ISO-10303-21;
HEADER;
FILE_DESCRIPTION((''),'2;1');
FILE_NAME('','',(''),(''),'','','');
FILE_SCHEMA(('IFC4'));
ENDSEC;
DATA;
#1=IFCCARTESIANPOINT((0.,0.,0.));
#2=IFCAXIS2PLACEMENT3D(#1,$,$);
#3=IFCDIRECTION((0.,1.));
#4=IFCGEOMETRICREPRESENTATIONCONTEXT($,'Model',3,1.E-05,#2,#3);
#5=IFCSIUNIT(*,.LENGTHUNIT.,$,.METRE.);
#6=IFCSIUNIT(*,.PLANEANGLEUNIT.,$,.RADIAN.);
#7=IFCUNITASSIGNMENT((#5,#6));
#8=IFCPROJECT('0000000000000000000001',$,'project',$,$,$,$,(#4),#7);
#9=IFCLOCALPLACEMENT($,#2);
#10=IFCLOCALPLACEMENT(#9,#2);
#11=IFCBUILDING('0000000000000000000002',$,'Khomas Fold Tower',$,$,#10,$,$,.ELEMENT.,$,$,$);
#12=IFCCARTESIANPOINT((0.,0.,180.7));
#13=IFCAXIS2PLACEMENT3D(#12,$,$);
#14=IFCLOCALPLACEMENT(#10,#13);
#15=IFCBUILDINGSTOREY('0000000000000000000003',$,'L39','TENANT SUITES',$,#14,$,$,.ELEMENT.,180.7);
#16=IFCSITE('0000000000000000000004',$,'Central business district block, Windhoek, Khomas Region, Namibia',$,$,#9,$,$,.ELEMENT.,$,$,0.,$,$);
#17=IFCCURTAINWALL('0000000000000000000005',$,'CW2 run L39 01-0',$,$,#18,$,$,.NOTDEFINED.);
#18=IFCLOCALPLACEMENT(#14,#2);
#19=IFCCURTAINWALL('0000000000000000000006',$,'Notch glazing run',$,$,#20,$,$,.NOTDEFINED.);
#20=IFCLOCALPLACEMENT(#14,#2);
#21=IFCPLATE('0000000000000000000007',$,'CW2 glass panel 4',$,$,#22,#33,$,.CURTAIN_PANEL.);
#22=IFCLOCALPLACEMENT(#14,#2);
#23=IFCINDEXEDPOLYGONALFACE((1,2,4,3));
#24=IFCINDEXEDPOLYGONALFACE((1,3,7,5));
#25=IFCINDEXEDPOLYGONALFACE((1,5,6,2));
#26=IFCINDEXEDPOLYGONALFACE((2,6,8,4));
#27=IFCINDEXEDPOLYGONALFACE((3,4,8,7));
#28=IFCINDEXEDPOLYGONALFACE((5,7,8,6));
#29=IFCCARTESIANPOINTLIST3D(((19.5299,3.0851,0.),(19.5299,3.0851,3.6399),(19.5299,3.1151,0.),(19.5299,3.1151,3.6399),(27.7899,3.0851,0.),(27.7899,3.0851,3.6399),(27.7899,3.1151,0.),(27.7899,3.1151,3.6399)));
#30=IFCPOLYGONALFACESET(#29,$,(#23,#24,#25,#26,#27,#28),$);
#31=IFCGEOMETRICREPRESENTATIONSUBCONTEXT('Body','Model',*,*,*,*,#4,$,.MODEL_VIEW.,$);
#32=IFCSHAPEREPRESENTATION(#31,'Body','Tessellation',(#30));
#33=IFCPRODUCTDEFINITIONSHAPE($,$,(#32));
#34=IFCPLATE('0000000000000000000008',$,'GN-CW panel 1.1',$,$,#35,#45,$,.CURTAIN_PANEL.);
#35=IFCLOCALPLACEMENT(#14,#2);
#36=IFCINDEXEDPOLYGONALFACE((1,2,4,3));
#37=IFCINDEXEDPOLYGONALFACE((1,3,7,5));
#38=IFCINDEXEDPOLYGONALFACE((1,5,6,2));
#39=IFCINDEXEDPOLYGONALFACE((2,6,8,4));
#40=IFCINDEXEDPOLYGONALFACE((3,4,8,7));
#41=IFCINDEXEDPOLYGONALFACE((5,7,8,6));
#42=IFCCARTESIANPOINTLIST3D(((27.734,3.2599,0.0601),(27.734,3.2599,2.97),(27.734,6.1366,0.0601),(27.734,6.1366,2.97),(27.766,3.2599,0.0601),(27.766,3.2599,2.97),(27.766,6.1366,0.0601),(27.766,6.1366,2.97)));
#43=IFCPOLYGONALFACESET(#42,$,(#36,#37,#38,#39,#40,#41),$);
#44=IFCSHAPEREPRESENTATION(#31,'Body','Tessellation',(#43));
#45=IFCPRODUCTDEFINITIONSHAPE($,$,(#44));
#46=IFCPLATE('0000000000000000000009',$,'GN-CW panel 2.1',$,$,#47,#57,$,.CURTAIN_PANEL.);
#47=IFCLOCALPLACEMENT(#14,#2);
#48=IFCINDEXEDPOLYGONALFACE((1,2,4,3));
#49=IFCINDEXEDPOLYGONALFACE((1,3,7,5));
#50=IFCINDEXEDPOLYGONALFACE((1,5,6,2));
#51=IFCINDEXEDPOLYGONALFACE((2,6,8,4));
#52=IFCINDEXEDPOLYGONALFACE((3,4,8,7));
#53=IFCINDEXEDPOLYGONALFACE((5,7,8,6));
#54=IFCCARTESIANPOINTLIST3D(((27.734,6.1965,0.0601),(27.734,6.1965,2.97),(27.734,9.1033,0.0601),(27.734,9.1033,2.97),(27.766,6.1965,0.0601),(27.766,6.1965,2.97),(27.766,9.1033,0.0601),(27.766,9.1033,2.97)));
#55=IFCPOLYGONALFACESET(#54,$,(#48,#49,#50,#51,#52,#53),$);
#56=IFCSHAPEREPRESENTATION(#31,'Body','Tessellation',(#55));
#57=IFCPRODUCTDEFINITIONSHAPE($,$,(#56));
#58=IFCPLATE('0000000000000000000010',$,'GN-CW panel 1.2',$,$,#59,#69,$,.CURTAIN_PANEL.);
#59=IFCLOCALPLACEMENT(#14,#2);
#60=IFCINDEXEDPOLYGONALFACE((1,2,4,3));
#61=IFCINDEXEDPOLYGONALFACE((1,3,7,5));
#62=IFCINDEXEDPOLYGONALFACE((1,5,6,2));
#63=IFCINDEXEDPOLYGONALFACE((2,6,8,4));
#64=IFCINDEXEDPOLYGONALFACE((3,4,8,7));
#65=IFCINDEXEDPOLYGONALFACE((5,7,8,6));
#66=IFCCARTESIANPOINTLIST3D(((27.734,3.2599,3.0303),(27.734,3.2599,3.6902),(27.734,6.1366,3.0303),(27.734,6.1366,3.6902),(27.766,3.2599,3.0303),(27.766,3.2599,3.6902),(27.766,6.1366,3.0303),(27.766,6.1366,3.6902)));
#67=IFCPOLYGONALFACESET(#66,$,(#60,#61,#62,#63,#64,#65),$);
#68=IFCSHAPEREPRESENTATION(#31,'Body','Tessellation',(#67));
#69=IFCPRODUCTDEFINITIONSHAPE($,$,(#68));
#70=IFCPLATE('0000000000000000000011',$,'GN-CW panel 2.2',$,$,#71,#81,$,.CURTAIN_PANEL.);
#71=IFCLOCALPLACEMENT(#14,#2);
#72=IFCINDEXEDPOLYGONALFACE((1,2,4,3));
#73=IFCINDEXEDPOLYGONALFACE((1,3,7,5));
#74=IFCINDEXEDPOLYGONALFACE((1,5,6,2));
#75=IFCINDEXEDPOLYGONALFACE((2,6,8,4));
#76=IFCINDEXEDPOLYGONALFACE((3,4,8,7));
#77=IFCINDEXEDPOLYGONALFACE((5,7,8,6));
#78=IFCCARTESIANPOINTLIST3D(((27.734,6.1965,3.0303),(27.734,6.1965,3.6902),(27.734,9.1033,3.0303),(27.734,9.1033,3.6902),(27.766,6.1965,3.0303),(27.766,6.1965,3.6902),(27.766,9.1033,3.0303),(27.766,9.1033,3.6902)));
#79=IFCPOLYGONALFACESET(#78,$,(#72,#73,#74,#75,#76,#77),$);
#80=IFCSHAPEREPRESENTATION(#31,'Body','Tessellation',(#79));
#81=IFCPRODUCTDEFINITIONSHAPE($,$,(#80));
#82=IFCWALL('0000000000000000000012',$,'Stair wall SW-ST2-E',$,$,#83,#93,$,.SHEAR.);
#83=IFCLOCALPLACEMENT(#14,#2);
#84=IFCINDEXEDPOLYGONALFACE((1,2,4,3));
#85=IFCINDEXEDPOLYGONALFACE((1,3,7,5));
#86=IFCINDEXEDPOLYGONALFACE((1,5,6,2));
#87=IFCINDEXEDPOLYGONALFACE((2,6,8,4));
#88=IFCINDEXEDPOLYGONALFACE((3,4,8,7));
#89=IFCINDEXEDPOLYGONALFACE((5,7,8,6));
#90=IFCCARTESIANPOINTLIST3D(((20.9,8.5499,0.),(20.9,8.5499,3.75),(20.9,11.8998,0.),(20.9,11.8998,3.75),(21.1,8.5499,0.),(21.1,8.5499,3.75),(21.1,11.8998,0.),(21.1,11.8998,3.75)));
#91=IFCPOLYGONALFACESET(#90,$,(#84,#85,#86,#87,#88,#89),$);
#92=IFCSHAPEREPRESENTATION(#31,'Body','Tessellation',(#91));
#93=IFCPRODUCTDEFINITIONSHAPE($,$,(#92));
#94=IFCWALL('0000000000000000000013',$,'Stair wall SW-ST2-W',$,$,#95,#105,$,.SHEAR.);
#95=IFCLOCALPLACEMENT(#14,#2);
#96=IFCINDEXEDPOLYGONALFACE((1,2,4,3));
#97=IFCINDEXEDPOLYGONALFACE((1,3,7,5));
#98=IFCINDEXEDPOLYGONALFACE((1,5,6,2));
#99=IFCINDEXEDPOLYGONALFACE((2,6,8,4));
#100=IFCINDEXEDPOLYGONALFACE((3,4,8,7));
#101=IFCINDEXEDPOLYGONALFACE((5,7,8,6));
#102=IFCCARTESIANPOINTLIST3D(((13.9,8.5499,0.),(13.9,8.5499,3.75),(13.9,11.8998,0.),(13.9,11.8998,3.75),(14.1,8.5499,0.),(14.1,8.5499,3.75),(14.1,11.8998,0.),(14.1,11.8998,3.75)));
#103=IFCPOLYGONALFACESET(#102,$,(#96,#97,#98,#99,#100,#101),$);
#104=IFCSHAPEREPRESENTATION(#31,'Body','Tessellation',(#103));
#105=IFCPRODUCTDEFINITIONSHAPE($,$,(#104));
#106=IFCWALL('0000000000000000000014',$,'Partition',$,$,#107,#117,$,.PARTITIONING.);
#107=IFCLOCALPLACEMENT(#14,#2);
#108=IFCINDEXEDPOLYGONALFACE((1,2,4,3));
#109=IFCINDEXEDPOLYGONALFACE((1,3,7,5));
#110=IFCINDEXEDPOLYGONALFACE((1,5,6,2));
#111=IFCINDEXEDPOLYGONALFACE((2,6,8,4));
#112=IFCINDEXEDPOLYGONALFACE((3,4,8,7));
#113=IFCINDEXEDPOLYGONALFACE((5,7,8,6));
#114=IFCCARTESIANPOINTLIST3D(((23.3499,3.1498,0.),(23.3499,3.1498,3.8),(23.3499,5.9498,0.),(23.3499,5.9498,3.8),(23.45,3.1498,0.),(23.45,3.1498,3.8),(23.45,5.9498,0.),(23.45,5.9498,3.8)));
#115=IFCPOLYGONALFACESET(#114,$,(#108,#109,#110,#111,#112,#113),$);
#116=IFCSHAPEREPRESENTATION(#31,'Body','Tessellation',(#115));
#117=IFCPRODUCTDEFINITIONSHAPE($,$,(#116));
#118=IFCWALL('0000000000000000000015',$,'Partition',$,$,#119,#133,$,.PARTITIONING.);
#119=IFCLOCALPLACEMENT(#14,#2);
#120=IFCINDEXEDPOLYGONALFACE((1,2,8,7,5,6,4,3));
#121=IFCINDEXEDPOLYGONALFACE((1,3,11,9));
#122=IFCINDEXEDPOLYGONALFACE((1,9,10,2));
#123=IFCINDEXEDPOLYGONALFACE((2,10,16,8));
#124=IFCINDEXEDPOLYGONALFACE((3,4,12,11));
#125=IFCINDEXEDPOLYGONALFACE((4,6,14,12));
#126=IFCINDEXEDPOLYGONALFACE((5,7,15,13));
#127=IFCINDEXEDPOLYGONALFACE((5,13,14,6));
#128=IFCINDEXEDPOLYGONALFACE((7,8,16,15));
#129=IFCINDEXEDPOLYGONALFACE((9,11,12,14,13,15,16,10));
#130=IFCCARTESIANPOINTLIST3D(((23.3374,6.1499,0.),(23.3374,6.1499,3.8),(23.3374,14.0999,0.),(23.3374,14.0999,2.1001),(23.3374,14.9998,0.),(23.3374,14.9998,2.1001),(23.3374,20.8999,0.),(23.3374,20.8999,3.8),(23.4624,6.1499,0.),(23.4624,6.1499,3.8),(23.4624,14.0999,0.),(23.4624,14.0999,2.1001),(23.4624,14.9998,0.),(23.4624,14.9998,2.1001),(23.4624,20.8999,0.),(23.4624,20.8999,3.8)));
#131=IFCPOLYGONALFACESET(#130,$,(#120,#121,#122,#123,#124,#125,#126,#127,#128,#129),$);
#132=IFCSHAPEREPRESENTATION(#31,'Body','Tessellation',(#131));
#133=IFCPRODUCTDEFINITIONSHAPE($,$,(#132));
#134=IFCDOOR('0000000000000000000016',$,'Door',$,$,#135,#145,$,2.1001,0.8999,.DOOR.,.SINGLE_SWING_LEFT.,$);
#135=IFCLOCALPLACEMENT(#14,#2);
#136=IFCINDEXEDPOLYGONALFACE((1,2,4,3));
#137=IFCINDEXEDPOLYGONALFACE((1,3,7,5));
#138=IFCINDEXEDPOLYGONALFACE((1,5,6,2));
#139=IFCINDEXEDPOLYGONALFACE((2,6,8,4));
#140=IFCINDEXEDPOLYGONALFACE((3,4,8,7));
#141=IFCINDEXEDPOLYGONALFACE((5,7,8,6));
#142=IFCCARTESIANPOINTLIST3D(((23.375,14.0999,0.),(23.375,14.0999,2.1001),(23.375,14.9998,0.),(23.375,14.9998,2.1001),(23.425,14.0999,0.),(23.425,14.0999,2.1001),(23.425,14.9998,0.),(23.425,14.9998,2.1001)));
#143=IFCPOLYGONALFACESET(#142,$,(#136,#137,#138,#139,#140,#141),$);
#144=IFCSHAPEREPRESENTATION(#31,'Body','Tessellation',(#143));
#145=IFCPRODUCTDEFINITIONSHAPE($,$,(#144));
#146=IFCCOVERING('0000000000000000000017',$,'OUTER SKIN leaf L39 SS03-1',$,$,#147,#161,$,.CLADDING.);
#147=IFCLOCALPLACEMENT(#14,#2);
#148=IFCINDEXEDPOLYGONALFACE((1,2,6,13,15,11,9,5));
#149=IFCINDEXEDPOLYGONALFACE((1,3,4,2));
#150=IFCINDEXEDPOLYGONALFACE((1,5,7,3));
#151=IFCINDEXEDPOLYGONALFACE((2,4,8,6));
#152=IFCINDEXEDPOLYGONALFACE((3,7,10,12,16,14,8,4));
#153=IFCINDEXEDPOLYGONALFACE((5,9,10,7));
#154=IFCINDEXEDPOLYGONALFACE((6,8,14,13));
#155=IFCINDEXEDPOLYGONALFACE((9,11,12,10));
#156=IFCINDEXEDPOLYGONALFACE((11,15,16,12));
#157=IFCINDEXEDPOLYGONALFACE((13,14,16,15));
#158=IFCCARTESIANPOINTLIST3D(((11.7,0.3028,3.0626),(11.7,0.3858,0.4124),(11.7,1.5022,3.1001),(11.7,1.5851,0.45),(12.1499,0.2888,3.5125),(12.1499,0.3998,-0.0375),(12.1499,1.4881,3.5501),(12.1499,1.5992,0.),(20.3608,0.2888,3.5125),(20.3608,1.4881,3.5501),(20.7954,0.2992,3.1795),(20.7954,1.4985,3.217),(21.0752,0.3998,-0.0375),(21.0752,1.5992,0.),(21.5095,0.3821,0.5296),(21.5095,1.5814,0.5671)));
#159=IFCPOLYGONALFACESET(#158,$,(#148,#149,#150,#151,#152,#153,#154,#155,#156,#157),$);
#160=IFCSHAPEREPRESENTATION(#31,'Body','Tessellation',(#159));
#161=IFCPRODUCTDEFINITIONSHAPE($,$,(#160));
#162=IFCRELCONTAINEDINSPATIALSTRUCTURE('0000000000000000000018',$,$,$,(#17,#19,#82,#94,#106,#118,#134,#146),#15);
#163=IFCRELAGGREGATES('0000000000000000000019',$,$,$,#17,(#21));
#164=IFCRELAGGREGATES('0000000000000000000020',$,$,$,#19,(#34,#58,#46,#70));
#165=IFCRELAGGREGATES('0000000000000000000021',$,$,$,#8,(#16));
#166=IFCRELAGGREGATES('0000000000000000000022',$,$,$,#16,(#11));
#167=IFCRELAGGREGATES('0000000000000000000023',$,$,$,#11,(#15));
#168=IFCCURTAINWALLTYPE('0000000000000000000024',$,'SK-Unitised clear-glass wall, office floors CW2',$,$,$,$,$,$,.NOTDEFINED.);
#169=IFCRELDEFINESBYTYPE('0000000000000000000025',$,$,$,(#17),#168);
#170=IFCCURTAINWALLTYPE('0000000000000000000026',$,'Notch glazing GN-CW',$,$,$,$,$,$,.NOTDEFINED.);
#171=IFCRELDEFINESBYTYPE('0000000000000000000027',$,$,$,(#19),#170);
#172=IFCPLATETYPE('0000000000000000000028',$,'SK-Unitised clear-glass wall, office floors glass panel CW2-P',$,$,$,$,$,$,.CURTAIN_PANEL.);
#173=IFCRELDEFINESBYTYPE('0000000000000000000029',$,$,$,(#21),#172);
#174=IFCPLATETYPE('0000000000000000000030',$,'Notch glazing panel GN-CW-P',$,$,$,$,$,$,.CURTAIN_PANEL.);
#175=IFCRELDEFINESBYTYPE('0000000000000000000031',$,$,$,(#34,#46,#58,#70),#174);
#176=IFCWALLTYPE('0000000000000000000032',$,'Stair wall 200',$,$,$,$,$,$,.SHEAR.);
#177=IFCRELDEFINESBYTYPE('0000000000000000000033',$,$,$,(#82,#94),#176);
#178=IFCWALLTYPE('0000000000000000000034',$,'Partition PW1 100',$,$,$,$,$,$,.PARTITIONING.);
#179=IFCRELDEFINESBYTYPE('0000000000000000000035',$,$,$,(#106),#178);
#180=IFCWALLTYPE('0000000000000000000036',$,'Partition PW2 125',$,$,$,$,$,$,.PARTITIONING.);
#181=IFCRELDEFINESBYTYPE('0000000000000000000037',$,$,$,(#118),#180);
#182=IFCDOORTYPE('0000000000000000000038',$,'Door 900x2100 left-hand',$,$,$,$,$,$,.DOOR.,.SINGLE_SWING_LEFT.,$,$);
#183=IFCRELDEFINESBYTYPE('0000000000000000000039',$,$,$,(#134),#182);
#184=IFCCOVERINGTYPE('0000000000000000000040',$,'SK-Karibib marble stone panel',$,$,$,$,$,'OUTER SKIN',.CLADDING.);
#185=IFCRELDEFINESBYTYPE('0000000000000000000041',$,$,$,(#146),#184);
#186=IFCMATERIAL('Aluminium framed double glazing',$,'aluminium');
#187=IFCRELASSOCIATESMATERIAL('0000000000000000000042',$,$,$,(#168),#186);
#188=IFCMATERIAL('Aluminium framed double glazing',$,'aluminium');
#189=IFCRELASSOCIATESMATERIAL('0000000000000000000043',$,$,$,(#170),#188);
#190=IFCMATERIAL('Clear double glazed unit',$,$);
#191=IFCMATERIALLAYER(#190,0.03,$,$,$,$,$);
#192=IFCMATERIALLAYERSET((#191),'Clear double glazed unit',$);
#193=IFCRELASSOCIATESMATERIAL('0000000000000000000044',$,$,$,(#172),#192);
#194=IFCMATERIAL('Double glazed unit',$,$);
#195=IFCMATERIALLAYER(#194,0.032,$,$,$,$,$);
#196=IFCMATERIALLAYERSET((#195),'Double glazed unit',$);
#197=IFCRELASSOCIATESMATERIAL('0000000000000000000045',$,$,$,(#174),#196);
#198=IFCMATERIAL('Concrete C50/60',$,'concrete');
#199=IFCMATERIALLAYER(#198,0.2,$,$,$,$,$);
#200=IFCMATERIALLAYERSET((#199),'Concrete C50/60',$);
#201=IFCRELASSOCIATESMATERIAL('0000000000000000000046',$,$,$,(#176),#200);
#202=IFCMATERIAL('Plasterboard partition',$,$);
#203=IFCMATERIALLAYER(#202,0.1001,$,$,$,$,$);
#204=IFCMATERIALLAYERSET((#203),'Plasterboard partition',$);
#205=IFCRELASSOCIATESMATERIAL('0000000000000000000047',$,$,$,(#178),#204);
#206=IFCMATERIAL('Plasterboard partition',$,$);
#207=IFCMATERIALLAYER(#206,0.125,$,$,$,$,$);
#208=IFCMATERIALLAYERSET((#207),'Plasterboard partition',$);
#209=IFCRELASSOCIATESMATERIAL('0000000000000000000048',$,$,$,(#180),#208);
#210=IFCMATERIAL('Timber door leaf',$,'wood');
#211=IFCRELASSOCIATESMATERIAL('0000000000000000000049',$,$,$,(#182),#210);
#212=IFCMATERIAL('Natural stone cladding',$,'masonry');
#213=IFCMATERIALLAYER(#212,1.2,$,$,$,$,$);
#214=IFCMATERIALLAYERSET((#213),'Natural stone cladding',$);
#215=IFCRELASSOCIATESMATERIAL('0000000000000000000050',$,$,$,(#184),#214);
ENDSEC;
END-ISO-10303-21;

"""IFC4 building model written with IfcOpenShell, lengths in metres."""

from ifc_helpers import new_model, si_unit, direction, frame, frame_2d, origin, origin_2d, place, context, subcontext, project, spatial, polyline, rectangle, outline, extrude, source, transform, mapped, material, layer, layer_set, type_object, element, fill, aggregate, save


model = new_model("IFC4")

# Units and contexts
model_context = context("Model", 3, precision=1e-05, world=origin(), true_north=direction((0.0, 1.0)))
body_context = subcontext(model_context, "Body", "Model", "MODEL_VIEW")
ifc_project = project(units=[si_unit("LENGTHUNIT", "METRE"), si_unit("PLANEANGLEUNIT", "RADIAN")], contexts=[model_context])

# Site, building, storey
site_placement = place(None, origin())
site = spatial("IfcSite", under=ifc_project, at=site_placement, Name="Central business district block, Windhoek, Khomas Region, Namibia", CompositionType="ELEMENT", RefElevation=0.0)
building_placement = place(site_placement, origin())
building = spatial("IfcBuilding", under=site, at=building_placement, Name="Khomas Fold Tower", CompositionType="ELEMENT")
storey_placement = place(building_placement, frame((0.0, 0.0, 180.7)))
storey = spatial("IfcBuildingStorey", under=building, at=storey_placement, Name="L39", Description="TENANT SUITES", CompositionType="ELEMENT", Elevation=180.7)

# Curtain walls
ifc_material_1 = material(Name="Aluminium framed double glazing", Category="aluminium")
curtain_wall_type_1 = type_object("IfcCurtainWallType", Name="SK-Unitised clear-glass wall, office floors CW2", PredefinedType="NOTDEFINED", material=ifc_material_1)
curtain_wall_1_placement = place(storey_placement, origin())
curtain_wall_1 = element("IfcCurtainWall", 1, at=curtain_wall_1_placement, inside=storey, type_object=curtain_wall_type_1, Name="CW2 run L39 01-0", PredefinedType="NOTDEFINED")
ifc_material_2 = material(Name="Aluminium framed double glazing", Category="aluminium")
curtain_wall_type_2 = type_object("IfcCurtainWallType", Name="Notch glazing GN-CW", PredefinedType="NOTDEFINED", material=ifc_material_2)
curtain_wall_2_placement = place(storey_placement, origin())
curtain_wall_2 = element("IfcCurtainWall", 2, at=curtain_wall_2_placement, inside=storey, type_object=curtain_wall_type_2, Name="Notch glazing run", PredefinedType="NOTDEFINED")

# Plates
ifc_material_3 = material(Name="Clear double glazed unit")
ifc_layer_1 = layer(ifc_material_3, 0.03)
ifc_layer_set_1 = layer_set([ifc_layer_1], Name="Clear double glazed unit")
plate_type_1 = type_object("IfcPlateType", Name="SK-Unitised clear-glass wall, office floors glass panel CW2-P", PredefinedType="CURTAIN_PANEL", material=ifc_layer_set_1)
shared_shape_1 = source(origin(), body_context, "Body", "SweptSolid", [
    extrude(rectangle(XDim=8.26, YDim=0.03, at=origin_2d()), origin(), (0.0, 0.0, 1.0), 3.6399),
])
plate_1_placement = place(storey_placement, frame((23.6599, 3.1001, 0.0), z_axis=(0.0, 0.0, 1.0), x_axis=(1.0, 0.0, 0.0)))
plate_1 = element("IfcPlate", 3, at=plate_1_placement, type_object=plate_type_1, Name="CW2 glass panel 4", PredefinedType="CURTAIN_PANEL", context=body_context, shape_type="MappedRepresentation", body=[
    mapped(shared_shape_1, transform((0.0, 0.0, 0.0))),
])
aggregate(curtain_wall_1, [plate_1])
ifc_material_4 = material(Name="Double glazed unit")
ifc_layer_2 = layer(ifc_material_4, 0.032)
ifc_layer_set_2 = layer_set([ifc_layer_2], Name="Double glazed unit")
plate_type_2 = type_object("IfcPlateType", Name="Notch glazing panel GN-CW-P", PredefinedType="CURTAIN_PANEL", material=ifc_layer_set_2)
shared_shape_2 = source(origin(), body_context, "Body", "SweptSolid", [
    extrude(rectangle(XDim=2.8767, YDim=0.032, at=origin_2d()), origin(), (0.0, 0.0, 1.0), 2.9099),
])
plate_2_placement = place(storey_placement, frame((27.75, 4.6982, 0.0601), z_axis=(0.0, 0.0, 1.0), x_axis=(0.0, 1.0, 0.0)))
plate_2 = element("IfcPlate", 4, at=plate_2_placement, type_object=plate_type_2, Name="GN-CW panel 1.1", PredefinedType="CURTAIN_PANEL", context=body_context, shape_type="MappedRepresentation", body=[
    mapped(shared_shape_2, transform((0.0, 0.0, 0.0))),
])
shared_shape_3 = source(origin(), body_context, "Body", "SweptSolid", [
    extrude(rectangle(XDim=2.9067, YDim=0.032, at=origin_2d()), origin(), (0.0, 0.0, 1.0), 2.9099),
])
plate_3_placement = place(storey_placement, frame((27.75, 7.6499, 0.0601), z_axis=(0.0, 0.0, 1.0), x_axis=(0.0, 1.0, 0.0)))
plate_3 = element("IfcPlate", 5, at=plate_3_placement, type_object=plate_type_2, Name="GN-CW panel 2.1", PredefinedType="CURTAIN_PANEL", context=body_context, shape_type="MappedRepresentation", body=[
    mapped(shared_shape_3, transform((0.0, 0.0, 0.0))),
])
shared_shape_4 = source(origin(), body_context, "Body", "SweptSolid", [
    extrude(rectangle(XDim=2.8767, YDim=0.032, at=origin_2d()), origin(), (0.0, 0.0, 1.0), 0.6599),
])
plate_4_placement = place(storey_placement, frame((27.75, 4.6982, 3.0303), z_axis=(0.0, 0.0, 1.0), x_axis=(0.0, 1.0, 0.0)))
plate_4 = element("IfcPlate", 6, at=plate_4_placement, type_object=plate_type_2, Name="GN-CW panel 1.2", PredefinedType="CURTAIN_PANEL", context=body_context, shape_type="MappedRepresentation", body=[
    mapped(shared_shape_4, transform((0.0, 0.0, 0.0))),
])
shared_shape_5 = source(origin(), body_context, "Body", "SweptSolid", [
    extrude(rectangle(XDim=2.9067, YDim=0.032, at=origin_2d()), origin(), (0.0, 0.0, 1.0), 0.6599),
])
plate_5_placement = place(storey_placement, frame((27.75, 7.6499, 3.0303), z_axis=(0.0, 0.0, 1.0), x_axis=(0.0, 1.0, 0.0)))
plate_5 = element("IfcPlate", 7, at=plate_5_placement, type_object=plate_type_2, Name="GN-CW panel 2.2", PredefinedType="CURTAIN_PANEL", context=body_context, shape_type="MappedRepresentation", body=[
    mapped(shared_shape_5, transform((0.0, 0.0, 0.0))),
])
aggregate(curtain_wall_2, [plate_2, plate_4, plate_3, plate_5])

# Walls
ifc_material_5 = material(Name="Concrete C50/60", Category="concrete")
ifc_layer_3 = layer(ifc_material_5, 0.2)
ifc_layer_set_3 = layer_set([ifc_layer_3], Name="Concrete C50/60")
wall_type_1 = type_object("IfcWallType", Name="Stair wall 200", PredefinedType="SHEAR", material=ifc_layer_set_3)
shared_shape_6 = source(origin(), body_context, "Body", "SweptSolid", [
    extrude(rectangle(XDim=3.3499, YDim=0.2, at=frame_2d((1.6748, 0.0))), origin(), (0.0, 0.0, 1.0), 3.75),
])
for number, where, z_axis, x_axis, name in (
    (8, (21.0, 8.55, 0.0), (0.0, 0.0, 1.0), (0.0, 1.0, 0.0), "Stair wall SW-ST2-E"),
    (9, (14.0, 8.55, 0.0), (0.0, 0.0, 1.0), (0.0, 1.0, 0.0), "Stair wall SW-ST2-W"),
):
    element("IfcWall", number, at=place(storey_placement, frame(where, z_axis=z_axis, x_axis=x_axis)), inside=storey, type_object=wall_type_1, Name=name, PredefinedType="SHEAR", context=body_context, shape_type="MappedRepresentation", body=[
        mapped(shared_shape_6, transform((0.0, 0.0, 0.0))),
    ])
ifc_material_6 = material(Name="Plasterboard partition")
ifc_layer_4 = layer(ifc_material_6, 0.1001)
ifc_layer_set_4 = layer_set([ifc_layer_4], Name="Plasterboard partition")
wall_type_2 = type_object("IfcWallType", Name="Partition PW1 100", PredefinedType="PARTITIONING", material=ifc_layer_set_4)
shared_shape_7 = source(origin(), body_context, "Body", "SweptSolid", [
    extrude(rectangle(XDim=2.8, YDim=0.1001, at=frame_2d((1.3999, 0.0))), origin(), (0.0, 0.0, 1.0), 3.8),
])
wall_1_placement = place(storey_placement, frame((23.3999, 3.1499, 0.0), z_axis=(0.0, 0.0, 1.0), x_axis=(0.0, 1.0, 0.0)))
element("IfcWall", 10, at=wall_1_placement, inside=storey, type_object=wall_type_2, Name="Partition", PredefinedType="PARTITIONING", context=body_context, shape_type="MappedRepresentation", body=[
    mapped(shared_shape_7, transform((0.0, 0.0, 0.0))),
])

# Wall, opening, door
ifc_material_7 = material(Name="Plasterboard partition")
ifc_layer_5 = layer(ifc_material_7, 0.125)
ifc_layer_set_5 = layer_set([ifc_layer_5], Name="Plasterboard partition")
wall_type_3 = type_object("IfcWallType", Name="Partition PW2 125", PredefinedType="PARTITIONING", material=ifc_layer_set_5)
shared_shape_8 = source(origin(), body_context, "Body", "SweptSolid", [
    extrude(rectangle(XDim=14.75, YDim=0.125, at=frame_2d((7.375, 0.0))), origin(), (0.0, 0.0, 1.0), 3.8),
])
wall_2_placement = place(storey_placement, frame((23.3999, 6.1499, 0.0), z_axis=(0.0, 0.0, 1.0), x_axis=(0.0, 1.0, 0.0)))
wall_2 = element("IfcWall", 11, at=wall_2_placement, inside=storey, type_object=wall_type_3, Name="Partition", PredefinedType="PARTITIONING", context=body_context, shape_type="MappedRepresentation", body=[
    mapped(shared_shape_8, transform((0.0, 0.0, 0.0))),
])
shared_shape_9 = source(origin(), body_context, "Body", "SweptSolid", [
    extrude(rectangle(XDim=0.8999, YDim=2.1001, at=frame_2d((0.45, 1.05))), frame((0.0, 0.0725, 0.0), z_axis=(0.0, -1.0, 0.0), x_axis=(1.0, 0.0, 0.0)), (0.0, 0.0, 1.0), 0.145),
])
opening_placement = place(wall_2_placement, frame((7.95, 0.0, 0.0)))
opening = element("IfcOpeningElement", 12, at=opening_placement, cuts=wall_2, PredefinedType="OPENING", context=body_context, shape_type="MappedRepresentation", body=[
    mapped(shared_shape_9, transform((0.0, 0.0, 0.0))),
])
ifc_material_8 = material(Name="Timber door leaf", Category="wood")
door_type = type_object("IfcDoorType", Name="Door 900x2100 left-hand", OperationType="SINGLE_SWING_LEFT", PredefinedType="DOOR", material=ifc_material_8)
shared_shape_10 = source(origin(), body_context, "Body", "SweptSolid", [
    extrude(rectangle(XDim=0.8999, YDim=2.1001, at=frame_2d((0.45, 1.05))), frame((0.0, 0.0249, 0.0), z_axis=(0.0, -1.0, 0.0), x_axis=(1.0, 0.0, 0.0)), (0.0, 0.0, 1.0), 0.05),
])
door_placement = place(opening_placement, origin())
door = element("IfcDoor", 13, at=door_placement, inside=storey, type_object=door_type, Name="Door", OperationType="SINGLE_SWING_LEFT", OverallHeight=2.1001, OverallWidth=0.8999, PredefinedType="DOOR", context=body_context, shape_type="MappedRepresentation", body=[
    mapped(shared_shape_10, transform((0.0, 0.0, 0.0))),
])
fill(opening, door)

# Covering
ifc_material_9 = material(Name="Natural stone cladding", Category="masonry")
ifc_layer_6 = layer(ifc_material_9, 1.2)
ifc_layer_set_6 = layer_set([ifc_layer_6], Name="Natural stone cladding")
covering_type = type_object("IfcCoveringType", Name="SK-Karibib marble stone panel", ElementType="OUTER SKIN", PredefinedType="CLADDING", material=ifc_layer_set_6)
covering_placement = place(storey_placement, frame((20.7954, 1.4985, 3.217), z_axis=(0.0, 0.999511, 0.031273), x_axis=(0.260085, 0.030197, -0.965113)))
element("IfcCovering", 14, at=covering_placement, inside=storey, type_object=covering_type, Name="OUTER SKIN leaf L39 SS03-1", PredefinedType="CLADDING", context=body_context, shape_type="SweptSolid", body=[
    extrude(outline(polyline([(0.0, 0.0), (2.7457, 0.0), (3.1806, 0.567), (0.8593, 9.1851), (0.3076, 9.5025), (-2.2526, 8.8129), (-2.5703, 8.2613), (-0.4347, 0.333), (0.0, 0.0)])), origin(), (0.0, 0.0, -1.0), 1.2),
])

save(model, "model.ifc")
